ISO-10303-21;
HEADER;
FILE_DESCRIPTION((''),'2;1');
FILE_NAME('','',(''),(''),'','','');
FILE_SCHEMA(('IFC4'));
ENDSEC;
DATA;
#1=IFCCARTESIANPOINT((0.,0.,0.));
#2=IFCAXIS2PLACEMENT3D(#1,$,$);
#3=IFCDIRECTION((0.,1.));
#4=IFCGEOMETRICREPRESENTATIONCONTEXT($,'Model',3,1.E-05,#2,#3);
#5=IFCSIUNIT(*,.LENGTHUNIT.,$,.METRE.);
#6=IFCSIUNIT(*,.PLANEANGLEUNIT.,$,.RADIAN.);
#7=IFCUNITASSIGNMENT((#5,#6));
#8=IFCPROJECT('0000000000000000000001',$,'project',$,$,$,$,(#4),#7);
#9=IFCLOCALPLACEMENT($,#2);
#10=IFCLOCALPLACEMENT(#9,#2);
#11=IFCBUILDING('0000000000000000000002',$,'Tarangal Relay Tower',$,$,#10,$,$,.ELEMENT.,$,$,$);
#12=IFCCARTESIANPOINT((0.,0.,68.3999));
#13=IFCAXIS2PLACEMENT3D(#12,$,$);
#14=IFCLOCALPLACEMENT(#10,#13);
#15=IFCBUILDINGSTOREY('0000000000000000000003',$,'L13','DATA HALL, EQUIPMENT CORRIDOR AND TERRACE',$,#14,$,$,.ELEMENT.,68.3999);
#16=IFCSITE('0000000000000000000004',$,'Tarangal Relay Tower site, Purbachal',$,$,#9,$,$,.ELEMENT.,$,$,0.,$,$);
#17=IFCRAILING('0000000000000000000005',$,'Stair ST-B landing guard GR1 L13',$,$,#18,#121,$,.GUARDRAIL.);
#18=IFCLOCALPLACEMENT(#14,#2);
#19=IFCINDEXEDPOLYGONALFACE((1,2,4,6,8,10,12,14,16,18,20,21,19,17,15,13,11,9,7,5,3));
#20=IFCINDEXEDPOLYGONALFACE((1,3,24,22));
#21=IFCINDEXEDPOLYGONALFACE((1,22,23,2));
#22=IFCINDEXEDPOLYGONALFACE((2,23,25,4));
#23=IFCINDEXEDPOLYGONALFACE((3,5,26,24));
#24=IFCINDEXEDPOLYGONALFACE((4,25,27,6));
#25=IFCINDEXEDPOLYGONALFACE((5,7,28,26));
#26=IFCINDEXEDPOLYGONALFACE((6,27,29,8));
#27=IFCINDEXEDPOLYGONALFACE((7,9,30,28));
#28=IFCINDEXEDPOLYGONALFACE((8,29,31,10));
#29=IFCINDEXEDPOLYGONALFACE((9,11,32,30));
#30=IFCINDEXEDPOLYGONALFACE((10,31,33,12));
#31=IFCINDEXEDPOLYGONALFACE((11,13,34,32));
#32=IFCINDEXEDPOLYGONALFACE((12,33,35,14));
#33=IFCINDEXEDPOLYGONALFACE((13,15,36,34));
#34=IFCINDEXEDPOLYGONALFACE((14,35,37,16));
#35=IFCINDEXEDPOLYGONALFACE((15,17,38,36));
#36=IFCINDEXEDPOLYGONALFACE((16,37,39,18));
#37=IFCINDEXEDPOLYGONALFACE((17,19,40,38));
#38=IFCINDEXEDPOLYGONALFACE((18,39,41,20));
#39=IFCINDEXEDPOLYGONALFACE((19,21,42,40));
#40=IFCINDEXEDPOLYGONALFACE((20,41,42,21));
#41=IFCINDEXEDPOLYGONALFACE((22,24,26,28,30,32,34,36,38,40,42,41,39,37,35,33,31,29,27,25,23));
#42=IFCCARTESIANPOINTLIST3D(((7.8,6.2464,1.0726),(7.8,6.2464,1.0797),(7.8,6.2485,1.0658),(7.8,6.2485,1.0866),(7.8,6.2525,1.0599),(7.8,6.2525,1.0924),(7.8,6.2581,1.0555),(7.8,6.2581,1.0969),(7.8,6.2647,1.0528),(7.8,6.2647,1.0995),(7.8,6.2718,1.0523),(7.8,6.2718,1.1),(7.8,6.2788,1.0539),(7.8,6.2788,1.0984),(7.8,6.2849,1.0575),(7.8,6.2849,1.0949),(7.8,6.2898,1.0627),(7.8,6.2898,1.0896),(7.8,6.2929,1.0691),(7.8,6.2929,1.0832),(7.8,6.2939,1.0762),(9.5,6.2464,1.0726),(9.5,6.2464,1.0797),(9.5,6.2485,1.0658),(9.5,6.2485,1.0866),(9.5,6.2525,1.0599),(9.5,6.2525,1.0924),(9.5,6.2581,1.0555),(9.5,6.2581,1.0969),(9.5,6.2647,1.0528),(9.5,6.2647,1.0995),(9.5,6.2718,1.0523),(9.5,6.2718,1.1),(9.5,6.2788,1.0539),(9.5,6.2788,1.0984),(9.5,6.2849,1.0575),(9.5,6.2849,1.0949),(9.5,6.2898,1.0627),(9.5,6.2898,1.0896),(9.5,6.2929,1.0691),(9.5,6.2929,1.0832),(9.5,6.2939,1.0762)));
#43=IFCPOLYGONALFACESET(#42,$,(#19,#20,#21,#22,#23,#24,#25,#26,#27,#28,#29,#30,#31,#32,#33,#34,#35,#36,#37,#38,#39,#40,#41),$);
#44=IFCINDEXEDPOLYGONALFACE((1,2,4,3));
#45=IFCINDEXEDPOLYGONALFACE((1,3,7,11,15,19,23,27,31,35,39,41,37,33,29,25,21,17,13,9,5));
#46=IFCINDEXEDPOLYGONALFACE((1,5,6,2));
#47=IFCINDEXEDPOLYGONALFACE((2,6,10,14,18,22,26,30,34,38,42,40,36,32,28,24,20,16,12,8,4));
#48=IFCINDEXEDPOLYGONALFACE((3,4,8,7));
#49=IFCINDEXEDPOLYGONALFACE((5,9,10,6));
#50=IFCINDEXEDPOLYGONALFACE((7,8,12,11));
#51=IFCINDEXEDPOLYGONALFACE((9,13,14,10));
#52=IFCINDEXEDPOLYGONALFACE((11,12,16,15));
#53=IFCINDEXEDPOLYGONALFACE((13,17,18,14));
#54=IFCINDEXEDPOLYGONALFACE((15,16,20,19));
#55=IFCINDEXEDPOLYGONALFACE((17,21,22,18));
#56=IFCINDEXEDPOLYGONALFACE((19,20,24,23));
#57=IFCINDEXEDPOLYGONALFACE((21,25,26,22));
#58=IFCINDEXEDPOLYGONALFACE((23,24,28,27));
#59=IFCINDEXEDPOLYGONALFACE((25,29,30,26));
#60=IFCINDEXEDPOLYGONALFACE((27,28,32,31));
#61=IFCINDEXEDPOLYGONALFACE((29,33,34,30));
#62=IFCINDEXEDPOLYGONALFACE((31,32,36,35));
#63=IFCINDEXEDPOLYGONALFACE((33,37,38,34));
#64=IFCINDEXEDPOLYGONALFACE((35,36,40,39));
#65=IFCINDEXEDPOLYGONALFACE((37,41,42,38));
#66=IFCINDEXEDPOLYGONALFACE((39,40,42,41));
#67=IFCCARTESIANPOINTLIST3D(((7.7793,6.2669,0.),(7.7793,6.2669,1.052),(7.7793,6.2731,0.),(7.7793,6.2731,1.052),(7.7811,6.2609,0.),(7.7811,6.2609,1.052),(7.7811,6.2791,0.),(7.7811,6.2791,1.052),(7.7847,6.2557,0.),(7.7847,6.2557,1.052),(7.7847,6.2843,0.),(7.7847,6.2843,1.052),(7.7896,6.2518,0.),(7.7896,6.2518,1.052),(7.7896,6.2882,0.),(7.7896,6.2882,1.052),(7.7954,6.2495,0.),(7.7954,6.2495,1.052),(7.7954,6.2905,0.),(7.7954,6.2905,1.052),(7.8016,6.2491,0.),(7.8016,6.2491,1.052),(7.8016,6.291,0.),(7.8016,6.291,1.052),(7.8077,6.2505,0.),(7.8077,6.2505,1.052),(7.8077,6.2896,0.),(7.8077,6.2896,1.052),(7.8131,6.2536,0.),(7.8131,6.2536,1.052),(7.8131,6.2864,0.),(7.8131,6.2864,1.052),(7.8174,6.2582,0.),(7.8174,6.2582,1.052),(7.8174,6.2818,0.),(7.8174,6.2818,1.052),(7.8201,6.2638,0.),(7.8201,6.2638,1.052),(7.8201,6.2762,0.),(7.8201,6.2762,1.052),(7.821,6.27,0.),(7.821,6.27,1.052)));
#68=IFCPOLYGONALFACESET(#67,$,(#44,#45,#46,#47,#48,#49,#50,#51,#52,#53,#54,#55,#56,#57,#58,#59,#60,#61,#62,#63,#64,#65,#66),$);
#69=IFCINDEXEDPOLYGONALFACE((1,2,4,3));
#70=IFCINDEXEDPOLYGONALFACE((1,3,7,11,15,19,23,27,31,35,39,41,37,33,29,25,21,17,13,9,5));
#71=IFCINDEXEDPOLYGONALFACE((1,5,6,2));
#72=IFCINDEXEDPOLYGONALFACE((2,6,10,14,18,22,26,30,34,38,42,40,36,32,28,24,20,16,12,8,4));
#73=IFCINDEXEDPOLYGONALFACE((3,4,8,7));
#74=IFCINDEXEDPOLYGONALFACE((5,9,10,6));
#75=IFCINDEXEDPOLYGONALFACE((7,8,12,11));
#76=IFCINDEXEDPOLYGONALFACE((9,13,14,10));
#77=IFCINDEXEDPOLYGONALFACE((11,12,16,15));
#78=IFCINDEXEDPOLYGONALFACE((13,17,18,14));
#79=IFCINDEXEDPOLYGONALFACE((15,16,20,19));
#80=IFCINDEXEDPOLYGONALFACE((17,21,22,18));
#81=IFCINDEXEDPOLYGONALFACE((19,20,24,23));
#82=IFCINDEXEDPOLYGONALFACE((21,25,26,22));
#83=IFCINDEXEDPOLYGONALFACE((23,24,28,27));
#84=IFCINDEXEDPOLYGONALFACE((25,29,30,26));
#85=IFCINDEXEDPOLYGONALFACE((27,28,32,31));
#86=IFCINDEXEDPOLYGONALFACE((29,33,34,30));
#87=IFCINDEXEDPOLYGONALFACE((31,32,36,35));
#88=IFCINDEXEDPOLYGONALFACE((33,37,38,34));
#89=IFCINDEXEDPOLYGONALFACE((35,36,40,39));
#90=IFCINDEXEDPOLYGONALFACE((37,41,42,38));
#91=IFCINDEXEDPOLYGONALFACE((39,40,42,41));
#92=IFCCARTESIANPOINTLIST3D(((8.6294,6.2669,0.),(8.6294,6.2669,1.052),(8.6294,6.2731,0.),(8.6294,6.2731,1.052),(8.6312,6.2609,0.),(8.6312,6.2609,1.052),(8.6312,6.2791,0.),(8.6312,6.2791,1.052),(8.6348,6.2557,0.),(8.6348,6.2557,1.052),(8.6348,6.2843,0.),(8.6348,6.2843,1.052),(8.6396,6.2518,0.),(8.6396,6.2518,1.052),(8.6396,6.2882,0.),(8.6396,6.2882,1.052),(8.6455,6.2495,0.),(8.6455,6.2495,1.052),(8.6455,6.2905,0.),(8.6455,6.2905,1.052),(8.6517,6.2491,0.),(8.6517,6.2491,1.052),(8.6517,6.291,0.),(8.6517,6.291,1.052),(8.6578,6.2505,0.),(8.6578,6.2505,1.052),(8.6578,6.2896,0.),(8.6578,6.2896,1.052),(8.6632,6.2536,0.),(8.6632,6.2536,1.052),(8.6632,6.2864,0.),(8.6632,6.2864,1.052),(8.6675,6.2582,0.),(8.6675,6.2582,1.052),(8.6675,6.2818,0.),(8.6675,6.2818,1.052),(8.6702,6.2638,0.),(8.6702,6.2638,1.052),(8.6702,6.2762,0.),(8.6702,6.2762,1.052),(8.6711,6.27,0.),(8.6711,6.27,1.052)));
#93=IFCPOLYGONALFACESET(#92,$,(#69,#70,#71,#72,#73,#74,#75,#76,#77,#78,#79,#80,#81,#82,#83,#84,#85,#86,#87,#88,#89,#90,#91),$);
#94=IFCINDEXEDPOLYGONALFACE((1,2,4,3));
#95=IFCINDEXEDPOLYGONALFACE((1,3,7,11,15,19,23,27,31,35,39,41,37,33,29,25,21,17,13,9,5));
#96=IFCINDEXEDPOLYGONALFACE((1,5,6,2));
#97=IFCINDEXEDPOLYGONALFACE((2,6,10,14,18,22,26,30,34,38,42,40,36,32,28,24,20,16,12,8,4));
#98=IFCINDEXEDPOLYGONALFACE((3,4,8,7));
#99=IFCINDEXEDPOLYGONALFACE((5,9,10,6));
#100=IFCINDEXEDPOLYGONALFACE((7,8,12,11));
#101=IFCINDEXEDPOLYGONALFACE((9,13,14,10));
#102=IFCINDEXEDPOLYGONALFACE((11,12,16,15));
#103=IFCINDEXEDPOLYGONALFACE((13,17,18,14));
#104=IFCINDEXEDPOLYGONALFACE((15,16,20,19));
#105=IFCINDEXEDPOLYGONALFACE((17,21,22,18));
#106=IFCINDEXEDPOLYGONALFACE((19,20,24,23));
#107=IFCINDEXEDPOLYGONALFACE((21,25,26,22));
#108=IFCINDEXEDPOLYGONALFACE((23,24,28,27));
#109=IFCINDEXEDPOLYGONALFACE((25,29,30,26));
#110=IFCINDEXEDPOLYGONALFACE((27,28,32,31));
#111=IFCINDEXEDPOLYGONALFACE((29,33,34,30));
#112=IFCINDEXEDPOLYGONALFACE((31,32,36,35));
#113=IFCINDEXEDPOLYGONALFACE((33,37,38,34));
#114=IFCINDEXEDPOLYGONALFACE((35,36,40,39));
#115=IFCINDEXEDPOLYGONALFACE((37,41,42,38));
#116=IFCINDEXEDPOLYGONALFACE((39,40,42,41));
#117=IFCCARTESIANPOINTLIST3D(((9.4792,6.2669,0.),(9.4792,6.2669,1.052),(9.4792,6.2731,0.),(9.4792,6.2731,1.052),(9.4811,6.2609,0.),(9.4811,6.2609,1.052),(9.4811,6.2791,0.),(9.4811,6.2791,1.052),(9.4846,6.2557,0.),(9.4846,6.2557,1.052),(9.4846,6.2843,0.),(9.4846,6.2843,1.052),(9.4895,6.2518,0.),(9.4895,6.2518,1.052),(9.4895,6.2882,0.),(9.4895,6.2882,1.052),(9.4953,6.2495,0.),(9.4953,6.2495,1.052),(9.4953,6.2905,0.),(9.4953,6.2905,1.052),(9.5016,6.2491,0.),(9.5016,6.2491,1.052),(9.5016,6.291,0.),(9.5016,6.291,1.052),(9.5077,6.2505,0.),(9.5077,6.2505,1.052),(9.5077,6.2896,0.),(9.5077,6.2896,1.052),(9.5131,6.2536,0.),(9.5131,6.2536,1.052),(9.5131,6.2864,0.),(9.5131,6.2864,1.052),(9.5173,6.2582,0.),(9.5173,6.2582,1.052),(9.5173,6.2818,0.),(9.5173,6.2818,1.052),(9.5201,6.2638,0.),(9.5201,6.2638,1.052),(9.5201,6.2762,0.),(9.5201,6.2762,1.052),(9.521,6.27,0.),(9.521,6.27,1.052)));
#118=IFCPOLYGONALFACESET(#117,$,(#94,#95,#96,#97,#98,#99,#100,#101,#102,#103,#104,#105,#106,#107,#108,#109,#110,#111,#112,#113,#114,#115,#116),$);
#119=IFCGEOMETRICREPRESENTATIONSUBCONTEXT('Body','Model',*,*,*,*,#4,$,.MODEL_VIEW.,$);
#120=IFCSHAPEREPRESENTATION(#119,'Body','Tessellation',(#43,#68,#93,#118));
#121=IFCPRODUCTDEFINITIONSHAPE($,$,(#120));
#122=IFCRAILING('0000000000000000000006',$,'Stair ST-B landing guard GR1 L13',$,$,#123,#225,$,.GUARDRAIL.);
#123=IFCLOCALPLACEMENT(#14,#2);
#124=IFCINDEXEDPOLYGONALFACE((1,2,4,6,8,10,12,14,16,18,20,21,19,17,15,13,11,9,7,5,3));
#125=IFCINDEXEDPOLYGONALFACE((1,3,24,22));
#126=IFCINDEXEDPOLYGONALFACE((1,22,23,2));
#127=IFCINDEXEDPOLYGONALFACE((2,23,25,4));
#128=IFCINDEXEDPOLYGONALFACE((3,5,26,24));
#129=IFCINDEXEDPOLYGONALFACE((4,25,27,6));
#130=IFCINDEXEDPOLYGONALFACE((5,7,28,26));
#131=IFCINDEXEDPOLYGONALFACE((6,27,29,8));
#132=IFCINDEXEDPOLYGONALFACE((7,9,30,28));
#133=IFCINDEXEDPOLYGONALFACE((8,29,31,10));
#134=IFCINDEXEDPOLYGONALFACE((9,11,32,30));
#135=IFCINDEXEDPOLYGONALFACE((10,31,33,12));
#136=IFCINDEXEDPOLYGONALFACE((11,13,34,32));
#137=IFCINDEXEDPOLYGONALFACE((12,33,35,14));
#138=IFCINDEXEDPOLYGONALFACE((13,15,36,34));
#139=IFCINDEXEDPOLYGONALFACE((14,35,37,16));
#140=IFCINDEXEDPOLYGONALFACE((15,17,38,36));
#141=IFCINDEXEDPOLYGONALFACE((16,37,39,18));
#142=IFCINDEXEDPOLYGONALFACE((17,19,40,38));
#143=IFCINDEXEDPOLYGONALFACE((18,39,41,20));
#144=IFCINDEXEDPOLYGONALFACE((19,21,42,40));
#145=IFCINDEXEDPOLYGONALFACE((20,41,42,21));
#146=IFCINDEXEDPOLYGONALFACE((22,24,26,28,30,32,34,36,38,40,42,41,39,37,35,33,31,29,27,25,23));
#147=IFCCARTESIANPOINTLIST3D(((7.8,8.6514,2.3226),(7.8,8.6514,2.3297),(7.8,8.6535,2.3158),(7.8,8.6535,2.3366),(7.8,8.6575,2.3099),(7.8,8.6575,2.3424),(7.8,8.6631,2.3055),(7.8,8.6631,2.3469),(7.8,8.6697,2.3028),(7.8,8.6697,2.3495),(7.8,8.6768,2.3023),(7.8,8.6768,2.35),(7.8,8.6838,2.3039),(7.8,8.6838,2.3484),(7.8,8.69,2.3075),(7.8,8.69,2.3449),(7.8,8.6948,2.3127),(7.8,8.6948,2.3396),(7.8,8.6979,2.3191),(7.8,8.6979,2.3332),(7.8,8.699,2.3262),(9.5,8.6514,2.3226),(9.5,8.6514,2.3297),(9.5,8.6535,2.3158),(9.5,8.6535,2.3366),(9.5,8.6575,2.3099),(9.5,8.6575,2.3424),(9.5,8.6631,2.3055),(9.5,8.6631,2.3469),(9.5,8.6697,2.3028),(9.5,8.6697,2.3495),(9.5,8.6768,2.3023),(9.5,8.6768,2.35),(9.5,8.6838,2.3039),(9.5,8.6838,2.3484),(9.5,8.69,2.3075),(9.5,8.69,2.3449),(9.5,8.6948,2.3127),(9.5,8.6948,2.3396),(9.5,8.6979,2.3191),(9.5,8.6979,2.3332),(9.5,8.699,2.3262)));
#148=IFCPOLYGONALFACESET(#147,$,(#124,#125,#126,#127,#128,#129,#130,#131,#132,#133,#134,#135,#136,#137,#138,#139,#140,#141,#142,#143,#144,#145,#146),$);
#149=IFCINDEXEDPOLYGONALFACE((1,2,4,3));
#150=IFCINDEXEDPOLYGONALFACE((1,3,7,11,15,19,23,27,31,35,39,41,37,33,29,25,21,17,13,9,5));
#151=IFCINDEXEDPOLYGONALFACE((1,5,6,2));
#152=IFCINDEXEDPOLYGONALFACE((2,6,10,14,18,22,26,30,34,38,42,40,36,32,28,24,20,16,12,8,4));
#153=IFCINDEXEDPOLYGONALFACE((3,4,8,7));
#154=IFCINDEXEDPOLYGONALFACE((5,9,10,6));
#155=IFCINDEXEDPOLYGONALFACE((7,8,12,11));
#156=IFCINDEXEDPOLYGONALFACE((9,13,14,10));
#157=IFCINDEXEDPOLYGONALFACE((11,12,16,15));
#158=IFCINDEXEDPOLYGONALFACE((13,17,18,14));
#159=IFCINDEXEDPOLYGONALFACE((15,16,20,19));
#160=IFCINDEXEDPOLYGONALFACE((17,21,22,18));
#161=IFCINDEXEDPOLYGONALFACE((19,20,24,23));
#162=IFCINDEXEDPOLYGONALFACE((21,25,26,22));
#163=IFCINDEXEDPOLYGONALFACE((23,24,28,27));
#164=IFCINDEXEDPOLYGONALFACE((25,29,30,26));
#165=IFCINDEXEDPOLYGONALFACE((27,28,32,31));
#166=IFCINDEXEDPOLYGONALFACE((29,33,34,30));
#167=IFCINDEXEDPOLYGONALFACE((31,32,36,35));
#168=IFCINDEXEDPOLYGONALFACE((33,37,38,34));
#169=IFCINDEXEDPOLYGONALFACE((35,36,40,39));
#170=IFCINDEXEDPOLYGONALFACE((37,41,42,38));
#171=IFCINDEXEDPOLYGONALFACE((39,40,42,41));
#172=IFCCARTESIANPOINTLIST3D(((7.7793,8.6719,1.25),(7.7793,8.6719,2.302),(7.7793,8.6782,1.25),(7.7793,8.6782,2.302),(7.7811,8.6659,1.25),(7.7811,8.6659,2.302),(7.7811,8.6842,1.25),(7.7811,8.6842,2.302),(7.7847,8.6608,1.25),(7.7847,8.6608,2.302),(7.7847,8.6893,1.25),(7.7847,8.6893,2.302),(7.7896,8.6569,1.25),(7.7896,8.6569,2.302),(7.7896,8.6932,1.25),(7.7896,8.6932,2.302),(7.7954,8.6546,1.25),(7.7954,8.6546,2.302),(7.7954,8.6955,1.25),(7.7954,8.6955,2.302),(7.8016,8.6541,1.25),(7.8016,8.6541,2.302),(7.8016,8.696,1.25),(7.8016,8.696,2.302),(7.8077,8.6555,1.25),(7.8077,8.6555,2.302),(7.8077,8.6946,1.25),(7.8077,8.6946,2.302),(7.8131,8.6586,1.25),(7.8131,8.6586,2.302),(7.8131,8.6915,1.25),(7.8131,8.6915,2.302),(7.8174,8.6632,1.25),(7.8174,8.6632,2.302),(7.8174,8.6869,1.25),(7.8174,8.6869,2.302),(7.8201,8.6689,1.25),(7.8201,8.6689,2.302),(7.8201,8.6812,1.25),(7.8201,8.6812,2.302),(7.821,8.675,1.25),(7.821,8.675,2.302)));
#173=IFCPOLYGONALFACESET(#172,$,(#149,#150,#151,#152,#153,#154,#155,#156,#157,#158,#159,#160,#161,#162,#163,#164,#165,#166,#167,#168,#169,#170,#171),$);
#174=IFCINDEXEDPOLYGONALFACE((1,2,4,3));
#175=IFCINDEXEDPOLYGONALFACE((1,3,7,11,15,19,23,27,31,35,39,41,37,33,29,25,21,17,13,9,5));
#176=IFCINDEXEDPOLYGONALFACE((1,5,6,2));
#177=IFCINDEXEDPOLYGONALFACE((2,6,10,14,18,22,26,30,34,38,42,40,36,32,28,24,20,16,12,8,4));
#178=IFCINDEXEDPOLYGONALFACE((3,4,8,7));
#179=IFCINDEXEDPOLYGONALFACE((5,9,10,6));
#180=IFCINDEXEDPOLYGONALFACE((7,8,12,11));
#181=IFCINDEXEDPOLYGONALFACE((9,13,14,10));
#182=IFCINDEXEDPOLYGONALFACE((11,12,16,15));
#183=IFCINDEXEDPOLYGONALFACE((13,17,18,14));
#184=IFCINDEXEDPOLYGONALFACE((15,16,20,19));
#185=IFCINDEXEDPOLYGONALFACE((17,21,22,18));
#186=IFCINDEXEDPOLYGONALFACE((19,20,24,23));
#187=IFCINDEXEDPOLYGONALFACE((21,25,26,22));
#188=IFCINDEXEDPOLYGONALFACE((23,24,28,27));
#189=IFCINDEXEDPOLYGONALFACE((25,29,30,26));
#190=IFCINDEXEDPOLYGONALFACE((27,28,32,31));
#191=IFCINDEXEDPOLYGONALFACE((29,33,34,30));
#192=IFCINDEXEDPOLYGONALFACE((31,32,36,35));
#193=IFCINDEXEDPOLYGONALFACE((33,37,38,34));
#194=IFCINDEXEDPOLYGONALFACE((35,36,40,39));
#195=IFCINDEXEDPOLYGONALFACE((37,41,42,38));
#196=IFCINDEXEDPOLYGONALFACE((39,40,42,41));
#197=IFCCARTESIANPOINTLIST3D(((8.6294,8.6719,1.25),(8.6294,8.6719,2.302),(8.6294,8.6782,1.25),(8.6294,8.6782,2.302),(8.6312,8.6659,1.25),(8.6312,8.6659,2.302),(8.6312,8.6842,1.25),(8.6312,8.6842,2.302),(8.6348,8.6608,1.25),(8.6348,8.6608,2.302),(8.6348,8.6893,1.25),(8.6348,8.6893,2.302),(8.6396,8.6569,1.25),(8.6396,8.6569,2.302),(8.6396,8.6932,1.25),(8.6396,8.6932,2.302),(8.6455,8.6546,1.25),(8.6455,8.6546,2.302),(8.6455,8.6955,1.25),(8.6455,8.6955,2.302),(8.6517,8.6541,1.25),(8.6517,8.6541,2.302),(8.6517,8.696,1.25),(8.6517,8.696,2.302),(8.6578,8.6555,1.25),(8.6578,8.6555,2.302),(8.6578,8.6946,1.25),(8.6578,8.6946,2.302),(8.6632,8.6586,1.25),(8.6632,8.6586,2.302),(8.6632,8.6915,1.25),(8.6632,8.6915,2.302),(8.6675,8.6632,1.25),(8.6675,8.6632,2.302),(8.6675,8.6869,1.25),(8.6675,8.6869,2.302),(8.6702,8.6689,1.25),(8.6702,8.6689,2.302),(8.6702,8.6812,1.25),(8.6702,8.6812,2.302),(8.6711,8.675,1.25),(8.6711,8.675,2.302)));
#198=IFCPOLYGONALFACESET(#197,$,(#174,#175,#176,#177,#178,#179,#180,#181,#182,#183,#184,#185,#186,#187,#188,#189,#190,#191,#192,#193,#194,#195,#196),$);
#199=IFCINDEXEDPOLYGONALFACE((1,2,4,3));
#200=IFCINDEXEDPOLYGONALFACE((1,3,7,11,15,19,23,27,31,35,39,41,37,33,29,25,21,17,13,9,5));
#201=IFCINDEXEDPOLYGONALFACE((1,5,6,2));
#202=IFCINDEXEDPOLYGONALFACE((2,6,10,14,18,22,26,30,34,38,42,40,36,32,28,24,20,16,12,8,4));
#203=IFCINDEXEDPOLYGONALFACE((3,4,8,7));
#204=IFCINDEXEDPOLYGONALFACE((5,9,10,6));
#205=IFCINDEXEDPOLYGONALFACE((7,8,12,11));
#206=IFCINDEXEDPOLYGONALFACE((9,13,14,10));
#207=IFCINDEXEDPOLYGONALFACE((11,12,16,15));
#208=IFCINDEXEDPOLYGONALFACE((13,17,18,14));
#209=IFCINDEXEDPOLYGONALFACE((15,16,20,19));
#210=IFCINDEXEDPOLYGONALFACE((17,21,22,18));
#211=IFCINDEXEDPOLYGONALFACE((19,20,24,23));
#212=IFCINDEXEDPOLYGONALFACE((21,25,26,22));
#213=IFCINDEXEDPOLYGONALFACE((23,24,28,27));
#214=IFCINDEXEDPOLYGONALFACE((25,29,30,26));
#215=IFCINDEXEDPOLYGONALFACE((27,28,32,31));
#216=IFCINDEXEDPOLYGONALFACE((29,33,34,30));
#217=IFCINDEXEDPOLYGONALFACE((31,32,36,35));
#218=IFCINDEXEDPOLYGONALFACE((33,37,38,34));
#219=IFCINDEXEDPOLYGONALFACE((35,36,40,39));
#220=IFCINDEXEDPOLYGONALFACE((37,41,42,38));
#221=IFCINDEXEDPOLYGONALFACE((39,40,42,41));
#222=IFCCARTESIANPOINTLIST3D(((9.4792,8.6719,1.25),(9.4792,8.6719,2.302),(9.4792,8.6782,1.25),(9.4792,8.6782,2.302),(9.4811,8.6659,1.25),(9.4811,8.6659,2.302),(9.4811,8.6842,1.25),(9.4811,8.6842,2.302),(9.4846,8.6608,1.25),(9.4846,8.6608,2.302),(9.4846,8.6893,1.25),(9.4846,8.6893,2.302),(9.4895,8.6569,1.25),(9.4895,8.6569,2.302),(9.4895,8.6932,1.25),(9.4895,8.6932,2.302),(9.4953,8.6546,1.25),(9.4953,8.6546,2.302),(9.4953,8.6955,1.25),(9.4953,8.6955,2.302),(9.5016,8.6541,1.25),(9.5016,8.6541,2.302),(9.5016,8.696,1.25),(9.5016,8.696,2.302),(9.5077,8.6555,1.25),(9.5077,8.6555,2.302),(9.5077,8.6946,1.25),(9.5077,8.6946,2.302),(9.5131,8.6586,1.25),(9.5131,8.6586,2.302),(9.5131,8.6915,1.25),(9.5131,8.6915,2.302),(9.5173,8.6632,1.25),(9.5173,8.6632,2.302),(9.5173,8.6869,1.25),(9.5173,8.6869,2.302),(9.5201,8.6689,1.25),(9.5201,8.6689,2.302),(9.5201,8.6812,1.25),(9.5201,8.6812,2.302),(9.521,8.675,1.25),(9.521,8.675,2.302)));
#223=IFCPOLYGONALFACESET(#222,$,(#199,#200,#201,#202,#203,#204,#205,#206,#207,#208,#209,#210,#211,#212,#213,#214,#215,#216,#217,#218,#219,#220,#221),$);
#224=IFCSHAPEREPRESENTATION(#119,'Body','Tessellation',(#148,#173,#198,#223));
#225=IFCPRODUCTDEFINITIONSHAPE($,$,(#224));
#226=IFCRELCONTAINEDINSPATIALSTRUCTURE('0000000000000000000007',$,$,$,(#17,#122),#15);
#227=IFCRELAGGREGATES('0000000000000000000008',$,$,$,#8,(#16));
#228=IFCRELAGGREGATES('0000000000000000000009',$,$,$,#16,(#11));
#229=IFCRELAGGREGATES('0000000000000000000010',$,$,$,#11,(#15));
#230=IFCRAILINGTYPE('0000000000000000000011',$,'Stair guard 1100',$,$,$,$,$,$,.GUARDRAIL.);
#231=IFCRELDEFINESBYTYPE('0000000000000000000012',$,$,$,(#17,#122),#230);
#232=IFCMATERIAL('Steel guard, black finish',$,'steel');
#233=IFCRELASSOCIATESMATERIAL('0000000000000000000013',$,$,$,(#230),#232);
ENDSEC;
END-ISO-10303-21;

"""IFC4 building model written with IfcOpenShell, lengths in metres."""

from ifc_helpers import new_model, si_unit, direction, frame, origin, origin_2d, place, context, subcontext, project, spatial, circle, extrude, material, type_object, element, save


model = new_model("IFC4")

# Units and contexts
model_context = context("Model", 3, precision=1e-05, world=origin(), true_north=direction((0.0, 1.0)))
body_context = subcontext(model_context, "Body", "Model", "MODEL_VIEW")
ifc_project = project(units=[si_unit("LENGTHUNIT", "METRE"), si_unit("PLANEANGLEUNIT", "RADIAN")], contexts=[model_context])

# Site, building, storey
site_placement = place(None, origin())
site = spatial("IfcSite", under=ifc_project, at=site_placement, Name="Tarangal Relay Tower site, Purbachal", CompositionType="ELEMENT", RefElevation=0.0)
building_placement = place(site_placement, origin())
building = spatial("IfcBuilding", under=site, at=building_placement, Name="Tarangal Relay Tower", CompositionType="ELEMENT")
storey_placement = place(building_placement, frame((0.0, 0.0, 68.3999)))
storey = spatial("IfcBuildingStorey", under=building, at=storey_placement, Name="L13", Description="DATA HALL, EQUIPMENT CORRIDOR AND TERRACE", CompositionType="ELEMENT", Elevation=68.3999)

# Railings
ifc_material_1 = material(Name="Steel guard, black finish", Category="steel")
railing_type_1 = type_object("IfcRailingType", Name="Stair guard 1100", PredefinedType="GUARDRAIL", material=ifc_material_1)
for number, where, name in (
    (1, (7.8, 6.27, 0.0), "Stair ST-B landing guard GR1 L13"),
    (2, (7.8, 8.675, 1.25), "Stair ST-B landing guard GR1 L13"),
):
    element("IfcRailing", number, at=place(storey_placement, frame(where)), inside=storey, type_object=railing_type_1, Name=name, PredefinedType="GUARDRAIL", context=body_context, shape_type="SweptSolid", body=[
        extrude(circle(Radius=0.0239, at=origin_2d()), frame((0.0, 0.0, 1.0762), z_axis=(1.0, 0.0, 0.0), x_axis=(0.0, 1.0, 0.0)), (0.0, 0.0, 1.0), 1.7),
        extrude(circle(Radius=0.021, at=origin_2d()), origin(), (0.0, 0.0, 1.0), 1.052),
        extrude(circle(Radius=0.021, at=origin_2d()), frame((0.8501, 0.0, 0.0)), (0.0, 0.0, 1.0), 1.052),
        extrude(circle(Radius=0.021, at=origin_2d()), frame((1.7, 0.0, 0.0)), (0.0, 0.0, 1.0), 1.052),
    ])

save(model, "model.ifc")
